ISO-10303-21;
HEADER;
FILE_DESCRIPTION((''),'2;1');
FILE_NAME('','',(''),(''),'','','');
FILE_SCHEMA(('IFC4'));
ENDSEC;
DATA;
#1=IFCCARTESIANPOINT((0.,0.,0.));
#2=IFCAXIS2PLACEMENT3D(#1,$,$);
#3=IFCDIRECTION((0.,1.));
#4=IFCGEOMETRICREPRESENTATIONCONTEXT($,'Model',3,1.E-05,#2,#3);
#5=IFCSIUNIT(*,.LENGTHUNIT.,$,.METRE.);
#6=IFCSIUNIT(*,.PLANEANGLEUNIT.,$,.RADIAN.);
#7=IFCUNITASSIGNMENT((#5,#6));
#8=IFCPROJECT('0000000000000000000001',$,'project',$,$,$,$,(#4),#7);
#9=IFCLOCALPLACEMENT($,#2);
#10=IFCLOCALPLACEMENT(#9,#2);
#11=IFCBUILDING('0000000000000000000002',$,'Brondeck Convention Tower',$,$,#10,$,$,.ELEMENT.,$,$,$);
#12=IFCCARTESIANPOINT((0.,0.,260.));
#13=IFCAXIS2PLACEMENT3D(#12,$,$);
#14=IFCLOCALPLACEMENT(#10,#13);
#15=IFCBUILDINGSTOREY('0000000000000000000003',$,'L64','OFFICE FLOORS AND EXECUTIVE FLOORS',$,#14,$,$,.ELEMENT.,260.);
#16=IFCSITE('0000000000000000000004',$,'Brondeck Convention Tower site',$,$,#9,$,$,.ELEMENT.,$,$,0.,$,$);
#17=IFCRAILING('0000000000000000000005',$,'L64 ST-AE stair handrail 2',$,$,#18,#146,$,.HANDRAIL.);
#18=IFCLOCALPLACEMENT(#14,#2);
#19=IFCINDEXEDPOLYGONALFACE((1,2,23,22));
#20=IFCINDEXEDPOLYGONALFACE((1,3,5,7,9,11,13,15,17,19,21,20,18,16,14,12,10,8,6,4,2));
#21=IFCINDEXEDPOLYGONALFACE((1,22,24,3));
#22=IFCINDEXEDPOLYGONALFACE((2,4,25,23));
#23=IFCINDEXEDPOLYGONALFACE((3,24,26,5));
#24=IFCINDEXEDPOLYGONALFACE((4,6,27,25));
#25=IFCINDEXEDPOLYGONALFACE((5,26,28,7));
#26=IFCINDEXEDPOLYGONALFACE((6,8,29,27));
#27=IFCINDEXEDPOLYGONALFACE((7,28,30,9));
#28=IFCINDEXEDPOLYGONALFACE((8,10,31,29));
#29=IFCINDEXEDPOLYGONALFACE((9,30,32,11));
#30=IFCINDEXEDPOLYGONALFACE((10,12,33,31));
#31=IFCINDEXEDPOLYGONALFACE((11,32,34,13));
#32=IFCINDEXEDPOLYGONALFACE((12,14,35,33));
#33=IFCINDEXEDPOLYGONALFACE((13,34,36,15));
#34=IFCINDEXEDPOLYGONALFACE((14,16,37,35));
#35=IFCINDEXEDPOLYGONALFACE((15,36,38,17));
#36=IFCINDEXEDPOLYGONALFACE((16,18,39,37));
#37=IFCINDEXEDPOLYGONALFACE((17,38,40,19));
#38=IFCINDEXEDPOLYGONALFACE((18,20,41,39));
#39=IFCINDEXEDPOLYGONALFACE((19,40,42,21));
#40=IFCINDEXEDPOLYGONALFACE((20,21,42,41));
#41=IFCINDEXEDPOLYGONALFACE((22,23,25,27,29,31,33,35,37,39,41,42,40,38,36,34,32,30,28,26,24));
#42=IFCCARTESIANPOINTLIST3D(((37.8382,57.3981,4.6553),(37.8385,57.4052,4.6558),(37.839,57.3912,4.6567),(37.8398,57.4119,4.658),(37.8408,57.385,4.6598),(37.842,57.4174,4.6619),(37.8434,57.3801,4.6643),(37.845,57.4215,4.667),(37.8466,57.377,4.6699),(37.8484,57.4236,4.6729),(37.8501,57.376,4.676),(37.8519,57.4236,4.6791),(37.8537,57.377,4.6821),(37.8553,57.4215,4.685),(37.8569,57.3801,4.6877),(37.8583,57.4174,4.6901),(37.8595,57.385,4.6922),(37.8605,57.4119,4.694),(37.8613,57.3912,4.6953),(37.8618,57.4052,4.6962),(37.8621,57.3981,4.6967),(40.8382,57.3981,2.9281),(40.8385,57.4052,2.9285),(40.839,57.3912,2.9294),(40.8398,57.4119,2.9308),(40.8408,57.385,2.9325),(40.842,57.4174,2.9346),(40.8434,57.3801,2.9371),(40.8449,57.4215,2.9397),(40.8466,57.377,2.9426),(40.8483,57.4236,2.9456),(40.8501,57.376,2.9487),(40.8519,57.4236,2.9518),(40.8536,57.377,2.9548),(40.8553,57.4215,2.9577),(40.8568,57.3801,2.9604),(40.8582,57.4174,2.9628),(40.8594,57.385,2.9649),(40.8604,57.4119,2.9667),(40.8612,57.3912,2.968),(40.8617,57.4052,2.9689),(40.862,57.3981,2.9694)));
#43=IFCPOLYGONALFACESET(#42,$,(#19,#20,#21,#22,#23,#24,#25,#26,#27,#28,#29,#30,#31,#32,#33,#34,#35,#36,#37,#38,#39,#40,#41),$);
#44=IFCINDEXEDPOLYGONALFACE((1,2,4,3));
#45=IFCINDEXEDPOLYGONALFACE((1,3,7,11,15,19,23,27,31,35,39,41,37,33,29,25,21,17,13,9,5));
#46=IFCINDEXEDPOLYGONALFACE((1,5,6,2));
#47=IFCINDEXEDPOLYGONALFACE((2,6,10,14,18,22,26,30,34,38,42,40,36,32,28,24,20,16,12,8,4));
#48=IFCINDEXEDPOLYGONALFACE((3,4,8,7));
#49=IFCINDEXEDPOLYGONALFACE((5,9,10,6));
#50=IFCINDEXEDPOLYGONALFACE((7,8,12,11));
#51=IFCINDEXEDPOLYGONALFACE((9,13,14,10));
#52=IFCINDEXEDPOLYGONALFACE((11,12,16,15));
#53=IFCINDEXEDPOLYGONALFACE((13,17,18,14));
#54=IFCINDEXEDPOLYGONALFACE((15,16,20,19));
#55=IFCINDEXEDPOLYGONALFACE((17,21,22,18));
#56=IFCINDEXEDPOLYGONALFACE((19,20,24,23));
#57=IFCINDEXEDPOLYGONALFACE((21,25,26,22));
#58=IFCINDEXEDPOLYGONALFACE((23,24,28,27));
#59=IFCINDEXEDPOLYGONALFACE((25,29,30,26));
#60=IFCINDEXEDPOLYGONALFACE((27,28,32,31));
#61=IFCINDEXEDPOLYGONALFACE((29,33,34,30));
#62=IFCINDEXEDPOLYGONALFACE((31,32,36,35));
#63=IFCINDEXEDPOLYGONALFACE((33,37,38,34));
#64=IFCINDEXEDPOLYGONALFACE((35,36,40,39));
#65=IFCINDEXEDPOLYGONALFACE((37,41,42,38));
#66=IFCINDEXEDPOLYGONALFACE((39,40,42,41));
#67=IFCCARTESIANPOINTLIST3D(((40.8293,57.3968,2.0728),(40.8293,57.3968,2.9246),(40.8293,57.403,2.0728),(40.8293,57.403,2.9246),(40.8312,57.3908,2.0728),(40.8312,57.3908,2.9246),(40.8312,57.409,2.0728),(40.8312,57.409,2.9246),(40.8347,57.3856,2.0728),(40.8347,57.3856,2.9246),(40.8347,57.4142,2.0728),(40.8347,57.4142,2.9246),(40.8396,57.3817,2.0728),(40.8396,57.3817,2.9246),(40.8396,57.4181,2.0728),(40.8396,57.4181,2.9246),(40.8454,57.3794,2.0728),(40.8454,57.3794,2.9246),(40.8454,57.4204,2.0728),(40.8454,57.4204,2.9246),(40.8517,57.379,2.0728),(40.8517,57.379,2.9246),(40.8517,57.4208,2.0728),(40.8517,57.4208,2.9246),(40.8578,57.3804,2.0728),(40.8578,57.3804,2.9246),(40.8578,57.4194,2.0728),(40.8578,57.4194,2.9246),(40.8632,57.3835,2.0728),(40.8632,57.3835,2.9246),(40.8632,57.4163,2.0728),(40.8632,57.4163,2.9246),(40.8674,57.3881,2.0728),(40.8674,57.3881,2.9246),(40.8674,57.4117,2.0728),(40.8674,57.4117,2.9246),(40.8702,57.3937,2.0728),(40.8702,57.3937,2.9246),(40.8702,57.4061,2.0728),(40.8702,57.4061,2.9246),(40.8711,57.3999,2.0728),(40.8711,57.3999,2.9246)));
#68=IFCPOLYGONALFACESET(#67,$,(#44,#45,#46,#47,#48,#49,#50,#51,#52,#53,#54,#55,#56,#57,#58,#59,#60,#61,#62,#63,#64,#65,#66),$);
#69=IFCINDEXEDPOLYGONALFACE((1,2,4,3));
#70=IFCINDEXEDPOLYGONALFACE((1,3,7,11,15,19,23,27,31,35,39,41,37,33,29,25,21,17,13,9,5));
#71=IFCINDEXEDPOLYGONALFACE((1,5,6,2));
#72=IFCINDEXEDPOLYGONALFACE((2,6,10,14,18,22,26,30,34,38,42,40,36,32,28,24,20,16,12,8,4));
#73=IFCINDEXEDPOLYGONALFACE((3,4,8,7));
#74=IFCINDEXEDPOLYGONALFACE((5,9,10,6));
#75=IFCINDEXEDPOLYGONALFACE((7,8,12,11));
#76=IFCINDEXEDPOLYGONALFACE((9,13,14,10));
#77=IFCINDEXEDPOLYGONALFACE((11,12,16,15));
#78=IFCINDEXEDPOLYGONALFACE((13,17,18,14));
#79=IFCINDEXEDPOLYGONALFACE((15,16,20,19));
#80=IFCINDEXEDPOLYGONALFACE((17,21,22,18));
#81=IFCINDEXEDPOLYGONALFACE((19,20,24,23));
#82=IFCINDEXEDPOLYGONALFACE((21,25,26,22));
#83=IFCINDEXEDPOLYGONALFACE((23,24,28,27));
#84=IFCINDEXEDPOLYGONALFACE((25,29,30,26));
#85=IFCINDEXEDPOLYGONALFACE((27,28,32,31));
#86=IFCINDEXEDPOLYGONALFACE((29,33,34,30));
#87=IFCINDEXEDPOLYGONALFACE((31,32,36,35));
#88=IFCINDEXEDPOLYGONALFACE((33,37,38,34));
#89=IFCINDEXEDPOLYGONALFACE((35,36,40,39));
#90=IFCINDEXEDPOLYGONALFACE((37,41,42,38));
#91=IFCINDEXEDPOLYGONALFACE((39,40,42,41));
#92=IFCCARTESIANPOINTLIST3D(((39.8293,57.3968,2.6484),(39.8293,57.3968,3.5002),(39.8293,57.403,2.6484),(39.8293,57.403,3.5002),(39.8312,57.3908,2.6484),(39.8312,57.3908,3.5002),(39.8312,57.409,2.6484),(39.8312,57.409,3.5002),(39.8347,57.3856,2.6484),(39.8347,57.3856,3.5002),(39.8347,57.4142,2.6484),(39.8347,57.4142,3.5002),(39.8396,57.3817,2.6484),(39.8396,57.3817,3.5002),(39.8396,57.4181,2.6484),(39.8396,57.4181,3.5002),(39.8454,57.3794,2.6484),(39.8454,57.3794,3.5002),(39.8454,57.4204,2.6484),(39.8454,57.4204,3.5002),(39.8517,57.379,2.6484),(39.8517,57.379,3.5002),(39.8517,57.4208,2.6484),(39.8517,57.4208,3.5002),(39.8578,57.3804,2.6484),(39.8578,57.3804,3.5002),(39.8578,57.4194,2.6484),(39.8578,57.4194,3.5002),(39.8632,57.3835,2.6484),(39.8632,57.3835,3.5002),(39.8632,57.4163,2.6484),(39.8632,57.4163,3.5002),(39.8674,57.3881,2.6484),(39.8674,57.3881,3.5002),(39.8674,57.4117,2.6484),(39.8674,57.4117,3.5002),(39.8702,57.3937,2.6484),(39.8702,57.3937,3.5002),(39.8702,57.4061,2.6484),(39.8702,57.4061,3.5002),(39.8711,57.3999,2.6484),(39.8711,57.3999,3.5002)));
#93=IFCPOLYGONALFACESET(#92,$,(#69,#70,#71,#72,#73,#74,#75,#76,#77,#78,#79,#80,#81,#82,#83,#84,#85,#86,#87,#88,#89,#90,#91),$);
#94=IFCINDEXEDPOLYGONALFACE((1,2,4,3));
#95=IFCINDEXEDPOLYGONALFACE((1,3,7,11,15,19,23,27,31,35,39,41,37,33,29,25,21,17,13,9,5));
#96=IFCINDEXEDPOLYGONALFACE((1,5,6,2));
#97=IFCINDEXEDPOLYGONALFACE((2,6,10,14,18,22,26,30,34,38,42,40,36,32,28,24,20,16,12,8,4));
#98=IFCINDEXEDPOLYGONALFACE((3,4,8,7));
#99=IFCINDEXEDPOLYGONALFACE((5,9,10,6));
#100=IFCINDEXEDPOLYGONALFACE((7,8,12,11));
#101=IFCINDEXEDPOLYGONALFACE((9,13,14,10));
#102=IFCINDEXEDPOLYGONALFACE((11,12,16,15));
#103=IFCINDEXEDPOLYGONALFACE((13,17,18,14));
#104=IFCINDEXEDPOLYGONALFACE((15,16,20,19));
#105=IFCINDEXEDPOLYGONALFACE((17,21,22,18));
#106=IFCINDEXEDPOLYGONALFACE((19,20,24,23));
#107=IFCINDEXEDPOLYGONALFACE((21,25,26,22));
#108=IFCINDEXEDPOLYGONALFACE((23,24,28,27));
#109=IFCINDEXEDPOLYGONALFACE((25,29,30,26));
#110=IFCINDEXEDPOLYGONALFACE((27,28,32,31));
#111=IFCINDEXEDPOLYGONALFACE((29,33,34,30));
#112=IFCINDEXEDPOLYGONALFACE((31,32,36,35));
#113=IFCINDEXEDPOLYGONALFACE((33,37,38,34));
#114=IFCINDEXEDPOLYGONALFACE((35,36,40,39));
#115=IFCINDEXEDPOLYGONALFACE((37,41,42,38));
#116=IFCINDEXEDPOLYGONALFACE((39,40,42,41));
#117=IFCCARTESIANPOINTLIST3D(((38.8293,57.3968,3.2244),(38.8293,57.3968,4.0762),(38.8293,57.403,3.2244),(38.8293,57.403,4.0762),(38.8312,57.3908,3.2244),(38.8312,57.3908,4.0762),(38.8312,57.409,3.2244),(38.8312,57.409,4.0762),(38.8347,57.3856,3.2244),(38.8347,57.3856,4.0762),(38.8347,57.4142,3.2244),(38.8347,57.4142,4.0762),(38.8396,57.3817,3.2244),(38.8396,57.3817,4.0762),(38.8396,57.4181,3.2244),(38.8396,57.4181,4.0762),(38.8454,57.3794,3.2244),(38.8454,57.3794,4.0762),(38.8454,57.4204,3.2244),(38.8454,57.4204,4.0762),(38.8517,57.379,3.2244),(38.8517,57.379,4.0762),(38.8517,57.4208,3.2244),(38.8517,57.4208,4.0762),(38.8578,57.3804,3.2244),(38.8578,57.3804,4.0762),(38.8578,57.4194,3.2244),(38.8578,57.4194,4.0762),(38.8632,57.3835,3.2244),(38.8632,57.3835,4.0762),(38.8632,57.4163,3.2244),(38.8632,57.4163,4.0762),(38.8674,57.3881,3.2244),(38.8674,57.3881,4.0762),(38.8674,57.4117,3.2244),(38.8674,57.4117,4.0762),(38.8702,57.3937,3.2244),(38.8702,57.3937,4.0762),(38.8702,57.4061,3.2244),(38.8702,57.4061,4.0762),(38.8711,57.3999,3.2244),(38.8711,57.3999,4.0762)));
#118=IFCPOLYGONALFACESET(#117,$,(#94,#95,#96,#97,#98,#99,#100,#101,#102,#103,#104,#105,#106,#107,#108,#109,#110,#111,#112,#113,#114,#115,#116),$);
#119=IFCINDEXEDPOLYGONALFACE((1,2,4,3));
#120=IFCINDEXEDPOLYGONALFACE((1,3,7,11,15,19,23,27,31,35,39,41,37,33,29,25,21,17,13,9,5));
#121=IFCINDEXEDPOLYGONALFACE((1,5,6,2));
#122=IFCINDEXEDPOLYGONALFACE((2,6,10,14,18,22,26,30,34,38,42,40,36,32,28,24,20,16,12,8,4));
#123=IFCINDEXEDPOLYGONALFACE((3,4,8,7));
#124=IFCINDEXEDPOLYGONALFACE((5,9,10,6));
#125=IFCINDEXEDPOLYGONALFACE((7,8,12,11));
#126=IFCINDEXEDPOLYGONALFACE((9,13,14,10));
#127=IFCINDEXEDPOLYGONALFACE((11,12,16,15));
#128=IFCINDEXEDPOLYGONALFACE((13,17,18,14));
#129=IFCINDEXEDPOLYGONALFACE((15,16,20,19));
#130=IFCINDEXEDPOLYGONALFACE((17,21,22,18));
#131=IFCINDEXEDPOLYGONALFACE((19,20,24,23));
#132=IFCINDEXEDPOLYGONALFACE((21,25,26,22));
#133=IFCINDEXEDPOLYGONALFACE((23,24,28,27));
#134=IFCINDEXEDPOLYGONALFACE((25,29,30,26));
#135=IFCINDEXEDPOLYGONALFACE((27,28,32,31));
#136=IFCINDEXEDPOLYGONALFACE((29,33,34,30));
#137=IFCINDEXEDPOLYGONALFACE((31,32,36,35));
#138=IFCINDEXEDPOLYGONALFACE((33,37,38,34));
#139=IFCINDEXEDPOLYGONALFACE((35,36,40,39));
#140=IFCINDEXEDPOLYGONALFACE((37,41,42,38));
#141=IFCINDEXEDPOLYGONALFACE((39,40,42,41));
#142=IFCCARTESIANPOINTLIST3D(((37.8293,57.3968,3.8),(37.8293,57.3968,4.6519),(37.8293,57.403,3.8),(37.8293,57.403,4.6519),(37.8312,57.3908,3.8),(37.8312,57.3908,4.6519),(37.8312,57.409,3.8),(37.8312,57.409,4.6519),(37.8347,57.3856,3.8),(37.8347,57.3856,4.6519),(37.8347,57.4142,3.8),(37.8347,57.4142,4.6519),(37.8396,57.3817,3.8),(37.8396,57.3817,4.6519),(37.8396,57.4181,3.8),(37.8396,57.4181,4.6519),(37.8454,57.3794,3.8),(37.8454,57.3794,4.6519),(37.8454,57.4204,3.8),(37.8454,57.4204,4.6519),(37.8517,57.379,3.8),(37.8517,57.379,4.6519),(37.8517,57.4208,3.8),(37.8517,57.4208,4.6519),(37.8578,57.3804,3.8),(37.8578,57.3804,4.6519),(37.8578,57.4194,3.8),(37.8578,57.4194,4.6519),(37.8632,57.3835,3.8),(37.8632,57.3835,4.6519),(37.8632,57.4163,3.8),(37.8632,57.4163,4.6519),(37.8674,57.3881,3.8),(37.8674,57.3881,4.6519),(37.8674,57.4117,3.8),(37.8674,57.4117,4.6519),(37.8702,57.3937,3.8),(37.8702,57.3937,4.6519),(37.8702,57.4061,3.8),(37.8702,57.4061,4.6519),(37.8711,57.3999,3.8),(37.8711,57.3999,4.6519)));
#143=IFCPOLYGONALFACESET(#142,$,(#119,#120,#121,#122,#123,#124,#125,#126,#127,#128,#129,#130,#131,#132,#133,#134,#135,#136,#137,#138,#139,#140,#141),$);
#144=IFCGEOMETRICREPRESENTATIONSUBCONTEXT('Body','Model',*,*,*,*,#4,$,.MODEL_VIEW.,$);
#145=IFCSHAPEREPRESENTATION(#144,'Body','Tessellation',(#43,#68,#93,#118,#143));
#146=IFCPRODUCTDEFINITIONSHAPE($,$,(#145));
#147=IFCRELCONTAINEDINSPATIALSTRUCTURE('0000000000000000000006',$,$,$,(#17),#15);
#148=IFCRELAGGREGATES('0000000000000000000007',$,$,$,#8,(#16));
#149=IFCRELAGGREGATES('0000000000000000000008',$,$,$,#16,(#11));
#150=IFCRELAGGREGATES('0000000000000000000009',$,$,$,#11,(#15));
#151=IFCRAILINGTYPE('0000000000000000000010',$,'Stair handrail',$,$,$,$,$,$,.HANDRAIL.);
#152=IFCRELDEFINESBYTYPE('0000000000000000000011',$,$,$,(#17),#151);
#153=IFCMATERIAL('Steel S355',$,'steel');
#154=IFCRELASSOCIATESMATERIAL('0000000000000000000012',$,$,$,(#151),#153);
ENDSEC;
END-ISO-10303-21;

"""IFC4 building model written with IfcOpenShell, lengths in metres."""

from ifc_helpers import new_model, si_unit, direction, frame, origin, origin_2d, place, context, subcontext, project, spatial, circle, extrude, material, type_object, element, save


model = new_model("IFC4")

# Units and contexts
model_context = context("Model", 3, precision=1e-05, world=origin(), true_north=direction((0.0, 1.0)))
body_context = subcontext(model_context, "Body", "Model", "MODEL_VIEW")
ifc_project = project(units=[si_unit("LENGTHUNIT", "METRE"), si_unit("PLANEANGLEUNIT", "RADIAN")], contexts=[model_context])

# Site, building, storey
site_placement = place(None, origin())
site = spatial("IfcSite", under=ifc_project, at=site_placement, Name="Brondeck Convention Tower site", CompositionType="ELEMENT", RefElevation=0.0)
building_placement = place(site_placement, origin())
building = spatial("IfcBuilding", under=site, at=building_placement, Name="Brondeck Convention Tower", CompositionType="ELEMENT")
storey_placement = place(building_placement, frame((0.0, 0.0, 260.0)))
storey = spatial("IfcBuildingStorey", under=building, at=storey_placement, Name="L64", Description="OFFICE FLOORS AND EXECUTIVE FLOORS", CompositionType="ELEMENT", Elevation=260.0)

# Shared definitions
ifc_material_1 = material(Name="Steel S355", Category="steel")

# Railing
railing_type = type_object("IfcRailingType", Name="Stair handrail", PredefinedType="HANDRAIL", material=ifc_material_1)
railing_placement = place(storey_placement, frame((40.8501, 57.3999, 2.0728)))
element("IfcRailing", 1, at=railing_placement, inside=storey, type_object=railing_type, Name="L64 ST-AE stair handrail 2", PredefinedType="HANDRAIL", context=body_context, shape_type="SweptSolid", body=[
    extrude(circle(Radius=0.0239, at=origin_2d()), frame((0.0, 0.0, 0.876), z_axis=(-0.86662, 0.0, 0.498969), x_axis=(0.0, -1.0, 0.0)), (0.0, 0.0, 1.0), 3.4617),
    extrude(circle(Radius=0.021, at=origin_2d()), origin(), (0.0, 0.0, 1.0), 0.8518),
    extrude(circle(Radius=0.021, at=origin_2d()), frame((-1.0, 0.0, 0.5757)), (0.0, 0.0, 1.0), 0.8518),
    extrude(circle(Radius=0.021, at=origin_2d()), frame((-2.0, 0.0, 1.1516)), (0.0, 0.0, 1.0), 0.8518),
    extrude(circle(Radius=0.021, at=origin_2d()), frame((-3.0, 0.0, 1.7273)), (0.0, 0.0, 1.0), 0.8518),
])

save(model, "model.ifc")
